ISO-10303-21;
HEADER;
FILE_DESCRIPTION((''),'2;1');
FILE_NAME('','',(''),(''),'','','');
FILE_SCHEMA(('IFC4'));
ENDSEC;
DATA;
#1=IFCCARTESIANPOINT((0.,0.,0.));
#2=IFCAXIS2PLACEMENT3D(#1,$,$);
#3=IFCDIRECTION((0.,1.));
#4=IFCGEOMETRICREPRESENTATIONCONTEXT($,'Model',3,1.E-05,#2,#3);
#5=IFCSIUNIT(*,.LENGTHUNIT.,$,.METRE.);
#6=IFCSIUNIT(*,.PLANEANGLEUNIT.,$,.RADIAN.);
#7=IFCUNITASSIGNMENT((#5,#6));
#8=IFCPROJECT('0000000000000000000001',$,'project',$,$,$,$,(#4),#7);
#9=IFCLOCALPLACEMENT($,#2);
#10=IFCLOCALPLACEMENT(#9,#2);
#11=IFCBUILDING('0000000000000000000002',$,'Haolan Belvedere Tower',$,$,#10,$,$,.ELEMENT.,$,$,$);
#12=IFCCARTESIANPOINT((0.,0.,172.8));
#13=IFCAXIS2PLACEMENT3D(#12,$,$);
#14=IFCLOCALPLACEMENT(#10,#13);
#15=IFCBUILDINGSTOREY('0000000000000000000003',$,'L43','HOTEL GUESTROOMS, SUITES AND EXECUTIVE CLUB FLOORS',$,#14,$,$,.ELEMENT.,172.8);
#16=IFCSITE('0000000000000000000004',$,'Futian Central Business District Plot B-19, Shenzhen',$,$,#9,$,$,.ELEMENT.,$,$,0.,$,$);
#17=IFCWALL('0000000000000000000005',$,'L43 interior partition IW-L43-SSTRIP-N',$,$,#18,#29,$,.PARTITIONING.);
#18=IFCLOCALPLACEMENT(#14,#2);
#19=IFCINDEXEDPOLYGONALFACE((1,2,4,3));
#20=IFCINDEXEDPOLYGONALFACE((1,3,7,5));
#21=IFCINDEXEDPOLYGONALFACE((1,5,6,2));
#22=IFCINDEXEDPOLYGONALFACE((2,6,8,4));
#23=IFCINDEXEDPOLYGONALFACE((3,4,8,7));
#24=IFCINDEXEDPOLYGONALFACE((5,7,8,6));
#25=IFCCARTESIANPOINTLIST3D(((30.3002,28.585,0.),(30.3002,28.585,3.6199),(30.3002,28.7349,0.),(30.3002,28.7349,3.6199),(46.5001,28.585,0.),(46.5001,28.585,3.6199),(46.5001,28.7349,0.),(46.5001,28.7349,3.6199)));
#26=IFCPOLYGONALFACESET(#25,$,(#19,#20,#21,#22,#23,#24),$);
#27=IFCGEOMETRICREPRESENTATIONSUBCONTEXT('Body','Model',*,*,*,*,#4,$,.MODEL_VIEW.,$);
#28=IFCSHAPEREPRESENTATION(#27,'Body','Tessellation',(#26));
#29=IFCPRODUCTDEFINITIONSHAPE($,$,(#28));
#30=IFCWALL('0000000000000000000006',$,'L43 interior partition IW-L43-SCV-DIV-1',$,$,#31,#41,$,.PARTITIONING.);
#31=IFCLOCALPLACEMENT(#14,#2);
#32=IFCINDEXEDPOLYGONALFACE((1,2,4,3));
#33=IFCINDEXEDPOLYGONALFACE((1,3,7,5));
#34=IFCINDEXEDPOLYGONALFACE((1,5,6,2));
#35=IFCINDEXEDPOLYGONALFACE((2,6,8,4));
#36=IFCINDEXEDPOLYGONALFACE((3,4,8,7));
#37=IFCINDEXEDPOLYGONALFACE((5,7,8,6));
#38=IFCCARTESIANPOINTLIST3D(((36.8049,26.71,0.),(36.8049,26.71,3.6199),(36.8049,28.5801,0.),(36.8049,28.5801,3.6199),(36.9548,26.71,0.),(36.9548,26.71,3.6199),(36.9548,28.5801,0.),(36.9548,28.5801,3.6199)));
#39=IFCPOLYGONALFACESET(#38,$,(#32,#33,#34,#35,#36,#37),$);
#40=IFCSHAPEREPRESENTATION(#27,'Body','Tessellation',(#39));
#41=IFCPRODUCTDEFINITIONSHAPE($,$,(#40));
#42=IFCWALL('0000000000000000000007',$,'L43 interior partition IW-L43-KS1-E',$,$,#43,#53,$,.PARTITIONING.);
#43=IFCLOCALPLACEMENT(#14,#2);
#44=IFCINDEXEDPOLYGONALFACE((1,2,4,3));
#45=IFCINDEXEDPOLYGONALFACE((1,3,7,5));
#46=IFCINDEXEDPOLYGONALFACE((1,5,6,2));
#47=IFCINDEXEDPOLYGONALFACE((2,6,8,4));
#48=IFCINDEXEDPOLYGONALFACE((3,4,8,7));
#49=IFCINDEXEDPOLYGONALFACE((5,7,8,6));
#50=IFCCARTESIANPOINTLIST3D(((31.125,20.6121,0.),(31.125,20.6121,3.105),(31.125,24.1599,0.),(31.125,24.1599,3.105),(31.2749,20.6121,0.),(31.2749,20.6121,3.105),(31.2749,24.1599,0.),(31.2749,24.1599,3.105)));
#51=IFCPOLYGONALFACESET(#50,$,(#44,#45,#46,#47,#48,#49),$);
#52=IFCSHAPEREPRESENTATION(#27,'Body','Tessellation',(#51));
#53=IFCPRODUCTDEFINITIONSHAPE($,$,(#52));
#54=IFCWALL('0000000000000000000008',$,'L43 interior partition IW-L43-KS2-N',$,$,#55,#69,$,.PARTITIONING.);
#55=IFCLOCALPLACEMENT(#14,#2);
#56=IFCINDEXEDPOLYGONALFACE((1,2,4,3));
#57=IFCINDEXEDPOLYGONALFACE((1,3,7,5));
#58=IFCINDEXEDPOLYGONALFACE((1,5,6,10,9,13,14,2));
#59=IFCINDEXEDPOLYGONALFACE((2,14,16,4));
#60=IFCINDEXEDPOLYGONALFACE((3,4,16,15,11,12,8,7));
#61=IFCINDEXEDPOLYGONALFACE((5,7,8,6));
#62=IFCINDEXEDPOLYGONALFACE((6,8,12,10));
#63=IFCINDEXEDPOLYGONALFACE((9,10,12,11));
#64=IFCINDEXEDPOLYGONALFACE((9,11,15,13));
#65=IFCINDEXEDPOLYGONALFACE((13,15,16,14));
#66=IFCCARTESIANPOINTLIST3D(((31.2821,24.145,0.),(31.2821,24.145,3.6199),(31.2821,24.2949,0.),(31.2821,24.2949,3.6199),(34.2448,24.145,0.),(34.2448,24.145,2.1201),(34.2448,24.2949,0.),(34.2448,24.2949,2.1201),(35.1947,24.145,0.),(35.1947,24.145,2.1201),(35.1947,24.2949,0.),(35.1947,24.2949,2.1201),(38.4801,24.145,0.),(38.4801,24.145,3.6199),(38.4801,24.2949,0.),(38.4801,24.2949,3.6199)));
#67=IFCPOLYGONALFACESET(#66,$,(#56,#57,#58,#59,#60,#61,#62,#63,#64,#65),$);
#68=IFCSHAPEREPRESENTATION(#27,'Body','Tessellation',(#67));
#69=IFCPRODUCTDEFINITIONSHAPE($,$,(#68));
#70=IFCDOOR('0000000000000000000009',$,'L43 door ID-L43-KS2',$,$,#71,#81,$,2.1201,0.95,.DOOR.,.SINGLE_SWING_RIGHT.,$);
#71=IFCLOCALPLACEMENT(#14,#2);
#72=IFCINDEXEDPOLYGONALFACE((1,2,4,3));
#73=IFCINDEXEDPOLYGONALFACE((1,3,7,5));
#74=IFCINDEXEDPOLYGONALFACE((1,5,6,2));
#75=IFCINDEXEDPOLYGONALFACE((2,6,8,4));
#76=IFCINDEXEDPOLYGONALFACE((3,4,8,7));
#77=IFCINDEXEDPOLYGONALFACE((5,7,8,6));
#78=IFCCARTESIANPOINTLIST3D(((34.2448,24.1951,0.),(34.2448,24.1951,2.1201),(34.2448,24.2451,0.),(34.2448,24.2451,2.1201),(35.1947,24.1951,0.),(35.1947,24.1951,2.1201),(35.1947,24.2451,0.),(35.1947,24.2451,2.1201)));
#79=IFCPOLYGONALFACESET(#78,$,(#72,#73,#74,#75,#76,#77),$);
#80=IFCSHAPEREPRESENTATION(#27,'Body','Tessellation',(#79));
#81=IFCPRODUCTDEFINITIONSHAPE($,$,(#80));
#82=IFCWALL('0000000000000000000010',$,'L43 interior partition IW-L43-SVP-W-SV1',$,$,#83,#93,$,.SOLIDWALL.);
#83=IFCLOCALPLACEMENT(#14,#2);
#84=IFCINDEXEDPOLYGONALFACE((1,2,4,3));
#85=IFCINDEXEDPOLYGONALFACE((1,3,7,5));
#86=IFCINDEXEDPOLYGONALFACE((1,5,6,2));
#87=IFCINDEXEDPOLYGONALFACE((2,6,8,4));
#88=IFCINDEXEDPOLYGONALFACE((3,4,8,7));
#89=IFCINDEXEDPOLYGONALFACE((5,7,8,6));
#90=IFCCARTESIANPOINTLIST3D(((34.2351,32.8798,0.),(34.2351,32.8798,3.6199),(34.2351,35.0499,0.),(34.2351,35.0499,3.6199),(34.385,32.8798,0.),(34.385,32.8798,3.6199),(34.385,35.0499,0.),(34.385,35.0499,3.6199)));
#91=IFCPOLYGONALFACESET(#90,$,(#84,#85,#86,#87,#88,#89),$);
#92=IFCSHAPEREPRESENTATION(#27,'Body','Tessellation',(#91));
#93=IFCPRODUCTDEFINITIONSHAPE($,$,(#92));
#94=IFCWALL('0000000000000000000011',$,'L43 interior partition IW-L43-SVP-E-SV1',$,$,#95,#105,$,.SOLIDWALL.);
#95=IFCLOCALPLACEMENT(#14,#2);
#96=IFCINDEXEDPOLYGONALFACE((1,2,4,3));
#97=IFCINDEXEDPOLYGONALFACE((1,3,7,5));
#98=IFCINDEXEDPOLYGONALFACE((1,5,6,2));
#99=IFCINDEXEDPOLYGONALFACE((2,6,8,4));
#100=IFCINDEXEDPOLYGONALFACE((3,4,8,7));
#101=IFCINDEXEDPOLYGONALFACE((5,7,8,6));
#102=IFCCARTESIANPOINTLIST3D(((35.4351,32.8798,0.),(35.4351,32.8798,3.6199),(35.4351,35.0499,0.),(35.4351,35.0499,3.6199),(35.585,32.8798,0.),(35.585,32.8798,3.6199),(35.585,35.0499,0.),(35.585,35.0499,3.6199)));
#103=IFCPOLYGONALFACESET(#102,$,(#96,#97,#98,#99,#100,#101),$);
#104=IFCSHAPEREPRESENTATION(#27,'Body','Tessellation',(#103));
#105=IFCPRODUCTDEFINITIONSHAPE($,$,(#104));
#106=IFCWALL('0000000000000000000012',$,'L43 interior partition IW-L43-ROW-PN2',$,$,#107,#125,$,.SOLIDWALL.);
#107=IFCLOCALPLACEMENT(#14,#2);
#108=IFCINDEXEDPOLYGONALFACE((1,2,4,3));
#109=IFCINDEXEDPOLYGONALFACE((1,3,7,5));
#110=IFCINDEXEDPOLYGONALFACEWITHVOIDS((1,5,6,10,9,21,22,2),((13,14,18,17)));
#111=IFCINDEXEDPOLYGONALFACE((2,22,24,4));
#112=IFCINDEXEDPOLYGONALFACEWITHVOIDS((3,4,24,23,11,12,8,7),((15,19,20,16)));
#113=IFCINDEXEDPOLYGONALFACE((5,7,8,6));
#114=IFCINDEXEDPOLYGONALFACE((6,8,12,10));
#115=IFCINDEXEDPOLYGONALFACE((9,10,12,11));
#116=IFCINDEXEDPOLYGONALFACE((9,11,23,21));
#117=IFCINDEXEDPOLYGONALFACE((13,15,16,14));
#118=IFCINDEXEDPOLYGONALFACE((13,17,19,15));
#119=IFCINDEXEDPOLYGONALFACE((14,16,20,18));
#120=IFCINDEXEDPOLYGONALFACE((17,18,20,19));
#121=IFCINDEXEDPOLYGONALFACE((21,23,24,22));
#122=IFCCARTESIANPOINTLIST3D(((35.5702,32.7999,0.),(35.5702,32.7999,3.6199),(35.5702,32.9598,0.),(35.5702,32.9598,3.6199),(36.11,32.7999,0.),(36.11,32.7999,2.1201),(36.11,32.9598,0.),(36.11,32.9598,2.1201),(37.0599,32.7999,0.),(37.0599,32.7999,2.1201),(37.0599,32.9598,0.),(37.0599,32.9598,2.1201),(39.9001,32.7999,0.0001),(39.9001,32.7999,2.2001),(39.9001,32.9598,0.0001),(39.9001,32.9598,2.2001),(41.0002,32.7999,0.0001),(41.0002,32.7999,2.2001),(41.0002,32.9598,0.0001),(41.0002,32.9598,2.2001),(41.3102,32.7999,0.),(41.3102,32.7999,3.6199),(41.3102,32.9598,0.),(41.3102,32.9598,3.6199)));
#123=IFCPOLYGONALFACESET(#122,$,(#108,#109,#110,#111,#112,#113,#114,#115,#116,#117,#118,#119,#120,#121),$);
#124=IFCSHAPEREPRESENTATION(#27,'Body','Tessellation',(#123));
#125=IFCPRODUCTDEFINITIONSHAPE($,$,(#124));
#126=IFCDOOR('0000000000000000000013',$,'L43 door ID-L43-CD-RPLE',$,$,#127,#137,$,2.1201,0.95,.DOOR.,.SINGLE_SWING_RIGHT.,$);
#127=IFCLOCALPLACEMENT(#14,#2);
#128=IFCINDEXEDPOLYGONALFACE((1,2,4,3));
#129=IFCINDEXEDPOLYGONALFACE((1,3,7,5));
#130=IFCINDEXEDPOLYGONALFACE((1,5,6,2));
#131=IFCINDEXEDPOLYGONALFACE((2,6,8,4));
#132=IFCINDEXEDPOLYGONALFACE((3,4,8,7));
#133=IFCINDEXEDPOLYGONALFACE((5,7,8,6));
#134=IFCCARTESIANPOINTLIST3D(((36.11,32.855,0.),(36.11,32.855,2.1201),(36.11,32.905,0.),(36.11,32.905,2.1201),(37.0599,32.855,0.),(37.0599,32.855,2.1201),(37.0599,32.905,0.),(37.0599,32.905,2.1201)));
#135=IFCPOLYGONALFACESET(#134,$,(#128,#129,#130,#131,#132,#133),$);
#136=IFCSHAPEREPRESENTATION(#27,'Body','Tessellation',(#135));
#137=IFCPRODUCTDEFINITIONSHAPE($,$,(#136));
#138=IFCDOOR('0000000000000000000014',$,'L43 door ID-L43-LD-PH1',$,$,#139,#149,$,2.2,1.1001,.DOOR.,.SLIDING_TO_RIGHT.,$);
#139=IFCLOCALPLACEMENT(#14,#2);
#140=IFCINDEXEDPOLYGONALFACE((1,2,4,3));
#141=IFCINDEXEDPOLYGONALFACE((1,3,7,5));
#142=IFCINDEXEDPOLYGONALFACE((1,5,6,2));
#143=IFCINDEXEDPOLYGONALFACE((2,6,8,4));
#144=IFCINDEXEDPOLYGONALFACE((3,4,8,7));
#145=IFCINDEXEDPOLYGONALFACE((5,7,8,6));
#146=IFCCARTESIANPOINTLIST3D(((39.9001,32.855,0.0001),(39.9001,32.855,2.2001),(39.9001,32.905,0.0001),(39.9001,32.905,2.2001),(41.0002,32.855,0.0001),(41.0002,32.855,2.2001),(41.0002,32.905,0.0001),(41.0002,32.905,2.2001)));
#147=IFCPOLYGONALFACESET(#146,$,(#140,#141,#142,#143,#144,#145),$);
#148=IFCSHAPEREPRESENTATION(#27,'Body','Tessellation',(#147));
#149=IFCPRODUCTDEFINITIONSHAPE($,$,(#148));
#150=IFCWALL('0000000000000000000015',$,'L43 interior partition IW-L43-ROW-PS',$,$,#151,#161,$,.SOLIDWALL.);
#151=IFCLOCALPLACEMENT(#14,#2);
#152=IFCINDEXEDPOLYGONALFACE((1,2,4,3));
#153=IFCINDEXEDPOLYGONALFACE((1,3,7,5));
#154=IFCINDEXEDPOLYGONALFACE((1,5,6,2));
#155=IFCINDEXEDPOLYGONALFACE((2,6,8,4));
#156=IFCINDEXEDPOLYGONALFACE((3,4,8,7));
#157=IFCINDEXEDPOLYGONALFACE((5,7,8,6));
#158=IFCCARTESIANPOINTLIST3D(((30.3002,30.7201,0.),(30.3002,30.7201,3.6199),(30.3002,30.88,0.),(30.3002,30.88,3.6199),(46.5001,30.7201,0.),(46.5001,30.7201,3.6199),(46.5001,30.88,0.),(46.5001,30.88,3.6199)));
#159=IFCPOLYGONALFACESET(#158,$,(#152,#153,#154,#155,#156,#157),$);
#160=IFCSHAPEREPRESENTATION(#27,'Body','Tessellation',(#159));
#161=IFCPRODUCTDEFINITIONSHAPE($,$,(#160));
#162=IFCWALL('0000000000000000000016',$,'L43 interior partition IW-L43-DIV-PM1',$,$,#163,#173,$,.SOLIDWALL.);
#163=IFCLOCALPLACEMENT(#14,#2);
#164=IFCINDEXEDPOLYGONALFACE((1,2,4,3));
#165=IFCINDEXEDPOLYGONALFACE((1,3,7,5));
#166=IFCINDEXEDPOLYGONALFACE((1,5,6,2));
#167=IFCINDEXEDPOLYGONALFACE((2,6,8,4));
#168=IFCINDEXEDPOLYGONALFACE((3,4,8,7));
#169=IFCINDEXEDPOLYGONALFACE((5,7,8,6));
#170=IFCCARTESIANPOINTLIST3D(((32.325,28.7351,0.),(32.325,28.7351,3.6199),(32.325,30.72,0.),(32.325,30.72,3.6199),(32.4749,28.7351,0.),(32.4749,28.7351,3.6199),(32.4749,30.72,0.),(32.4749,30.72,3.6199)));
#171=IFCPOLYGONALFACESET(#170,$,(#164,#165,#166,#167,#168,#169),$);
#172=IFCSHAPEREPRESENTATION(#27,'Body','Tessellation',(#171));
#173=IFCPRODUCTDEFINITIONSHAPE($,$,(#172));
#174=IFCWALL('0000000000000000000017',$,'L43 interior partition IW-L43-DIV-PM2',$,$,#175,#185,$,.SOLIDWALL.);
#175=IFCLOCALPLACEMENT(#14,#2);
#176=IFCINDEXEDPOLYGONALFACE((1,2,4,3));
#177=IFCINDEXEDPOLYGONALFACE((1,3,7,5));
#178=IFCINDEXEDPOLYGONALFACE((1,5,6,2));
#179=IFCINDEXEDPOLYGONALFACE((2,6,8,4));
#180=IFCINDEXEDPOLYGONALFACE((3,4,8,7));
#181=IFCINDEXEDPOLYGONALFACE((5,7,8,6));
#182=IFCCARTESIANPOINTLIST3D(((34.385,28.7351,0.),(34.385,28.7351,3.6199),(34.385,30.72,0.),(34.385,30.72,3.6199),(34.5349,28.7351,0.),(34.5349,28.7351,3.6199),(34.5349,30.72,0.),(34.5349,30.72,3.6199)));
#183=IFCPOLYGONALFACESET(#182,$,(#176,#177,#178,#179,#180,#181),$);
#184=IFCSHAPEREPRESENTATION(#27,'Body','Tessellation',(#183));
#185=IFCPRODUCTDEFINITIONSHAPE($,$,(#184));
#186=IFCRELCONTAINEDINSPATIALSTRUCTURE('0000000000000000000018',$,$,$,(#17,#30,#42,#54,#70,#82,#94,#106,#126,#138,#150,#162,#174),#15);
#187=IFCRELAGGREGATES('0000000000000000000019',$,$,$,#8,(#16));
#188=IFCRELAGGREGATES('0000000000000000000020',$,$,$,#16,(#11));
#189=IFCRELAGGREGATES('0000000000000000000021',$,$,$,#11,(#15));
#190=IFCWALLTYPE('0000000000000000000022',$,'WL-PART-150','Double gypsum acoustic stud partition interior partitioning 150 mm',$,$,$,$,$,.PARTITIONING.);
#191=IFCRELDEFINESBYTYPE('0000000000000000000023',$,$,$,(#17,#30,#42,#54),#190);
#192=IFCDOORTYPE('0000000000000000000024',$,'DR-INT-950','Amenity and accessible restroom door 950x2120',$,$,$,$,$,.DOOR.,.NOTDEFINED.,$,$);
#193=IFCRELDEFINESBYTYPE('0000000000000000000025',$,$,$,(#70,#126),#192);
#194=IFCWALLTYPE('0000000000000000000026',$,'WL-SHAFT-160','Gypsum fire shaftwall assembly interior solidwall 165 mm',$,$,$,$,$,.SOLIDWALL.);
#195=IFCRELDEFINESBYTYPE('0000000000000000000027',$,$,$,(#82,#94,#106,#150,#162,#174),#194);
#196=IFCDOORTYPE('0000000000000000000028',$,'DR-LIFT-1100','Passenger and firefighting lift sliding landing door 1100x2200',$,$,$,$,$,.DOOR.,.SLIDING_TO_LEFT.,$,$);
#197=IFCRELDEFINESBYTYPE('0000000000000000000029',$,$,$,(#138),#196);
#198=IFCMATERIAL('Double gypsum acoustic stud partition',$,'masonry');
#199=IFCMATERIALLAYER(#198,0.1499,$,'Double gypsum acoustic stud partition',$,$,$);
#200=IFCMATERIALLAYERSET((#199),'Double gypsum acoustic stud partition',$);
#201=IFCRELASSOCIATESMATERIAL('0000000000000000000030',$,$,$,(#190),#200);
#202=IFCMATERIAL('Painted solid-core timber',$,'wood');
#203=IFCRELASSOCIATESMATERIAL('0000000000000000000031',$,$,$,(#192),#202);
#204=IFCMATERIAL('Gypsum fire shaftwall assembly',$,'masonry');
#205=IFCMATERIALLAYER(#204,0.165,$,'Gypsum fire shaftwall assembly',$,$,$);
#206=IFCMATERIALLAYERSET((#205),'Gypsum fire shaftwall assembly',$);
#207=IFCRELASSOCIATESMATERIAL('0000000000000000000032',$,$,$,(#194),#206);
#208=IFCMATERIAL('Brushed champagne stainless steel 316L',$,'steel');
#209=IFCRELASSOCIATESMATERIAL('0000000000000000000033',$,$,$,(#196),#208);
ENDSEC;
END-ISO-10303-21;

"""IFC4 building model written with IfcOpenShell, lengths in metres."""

from ifc_helpers import new_model, si_unit, direction, frame, frame_2d, origin, place, context, subcontext, project, spatial, rectangle, extrude, material, layer, layer_set, type_object, element, fill, save


model = new_model("IFC4")

# Units and contexts
model_context = context("Model", 3, precision=1e-05, world=origin(), true_north=direction((0.0, 1.0)))
body_context = subcontext(model_context, "Body", "Model", "MODEL_VIEW")
ifc_project = project(units=[si_unit("LENGTHUNIT", "METRE"), si_unit("PLANEANGLEUNIT", "RADIAN")], contexts=[model_context])

# Site, building, storey
site_placement = place(None, origin())
site = spatial("IfcSite", under=ifc_project, at=site_placement, Name="Futian Central Business District Plot B-19, Shenzhen", CompositionType="ELEMENT", RefElevation=0.0)
building_placement = place(site_placement, origin())
building = spatial("IfcBuilding", under=site, at=building_placement, Name="Haolan Belvedere Tower", CompositionType="ELEMENT")
storey_placement = place(building_placement, frame((0.0, 0.0, 172.8)))
storey = spatial("IfcBuildingStorey", under=building, at=storey_placement, Name="L43", Description="HOTEL GUESTROOMS, SUITES AND EXECUTIVE CLUB FLOORS", CompositionType="ELEMENT", Elevation=172.8)

# Walls
ifc_material_1 = material(Name="Double gypsum acoustic stud partition", Category="masonry")
ifc_layer_1 = layer(ifc_material_1, 0.1499, Name="Double gypsum acoustic stud partition")
ifc_layer_set_1 = layer_set([ifc_layer_1], Name="Double gypsum acoustic stud partition")
wall_type_1 = type_object("IfcWallType", Name="WL-PART-150", Description="Double gypsum acoustic stud partition interior partitioning 150 mm", PredefinedType="PARTITIONING", material=ifc_layer_set_1)
wall_1_placement = place(storey_placement, frame((30.3, 28.6599, 0.0), z_axis=(0.0, 0.0, 1.0), x_axis=(1.0, 0.0, 0.0)))
element("IfcWall", 1, at=wall_1_placement, inside=storey, type_object=wall_type_1, Name="L43 interior partition IW-L43-SSTRIP-N", PredefinedType="PARTITIONING", context=body_context, shape_type="SweptSolid", body=[
    extrude(rectangle(XDim=16.2, YDim=0.1499, at=frame_2d((8.1001, 0.0))), origin(), (0.0, 0.0, 1.0), 3.6199),
])
wall_2_placement = place(storey_placement, frame((36.8799, 26.71, 0.0), z_axis=(0.0, 0.0, 1.0), x_axis=(0.0, 1.0, 0.0)))
element("IfcWall", 2, at=wall_2_placement, inside=storey, type_object=wall_type_1, Name="L43 interior partition IW-L43-SCV-DIV-1", PredefinedType="PARTITIONING", context=body_context, shape_type="SweptSolid", body=[
    extrude(rectangle(XDim=1.8701, YDim=0.1499, at=frame_2d((0.9351, 0.0))), origin(), (0.0, 0.0, 1.0), 3.6199),
])
wall_3_placement = place(storey_placement, frame((31.2, 20.6121, 0.0), z_axis=(0.0, 0.0, 1.0), x_axis=(0.0, 1.0, 0.0)))
element("IfcWall", 3, at=wall_3_placement, inside=storey, type_object=wall_type_1, Name="L43 interior partition IW-L43-KS1-E", PredefinedType="PARTITIONING", context=body_context, shape_type="SweptSolid", body=[
    extrude(rectangle(XDim=3.5479, YDim=0.1499, at=frame_2d((1.7739, 0.0))), origin(), (0.0, 0.0, 1.0), 3.105),
])

# Wall, opening, door
wall_4_placement = place(storey_placement, frame((31.282, 24.22, 0.0), z_axis=(0.0, 0.0, 1.0), x_axis=(1.0, 0.0, 0.0)))
wall_4 = element("IfcWall", 4, at=wall_4_placement, inside=storey, type_object=wall_type_1, Name="L43 interior partition IW-L43-KS2-N", PredefinedType="PARTITIONING", context=body_context, shape_type="SweptSolid", body=[
    extrude(rectangle(XDim=7.198, YDim=0.1499, at=frame_2d((3.5991, 0.0))), origin(), (0.0, 0.0, 1.0), 3.6199),
])
opening_1_placement = place(wall_4_placement, frame((3.9128, 0.0, 0.0), z_axis=(0.0, 0.0, 1.0), x_axis=(-1.0, 0.0, 0.0)))
opening_1 = element("IfcOpeningElement", 5, at=opening_1_placement, cuts=wall_4, PredefinedType="OPENING", context=body_context, shape_type="SweptSolid", body=[
    extrude(rectangle(XDim=0.95, YDim=2.1201, at=frame_2d((0.4751, 1.0601))), frame((0.0, 0.085, 0.0), z_axis=(0.0, -1.0, 0.0), x_axis=(1.0, 0.0, 0.0)), (0.0, 0.0, 1.0), 0.1699),
])
ifc_material_2 = material(Name="Painted solid-core timber", Category="wood")
door_type_1 = type_object("IfcDoorType", Name="DR-INT-950", Description="Amenity and accessible restroom door 950x2120", OperationType="NOTDEFINED", PredefinedType="DOOR", material=ifc_material_2)
door_1_placement = place(opening_1_placement, origin())
door_1 = element("IfcDoor", 6, at=door_1_placement, inside=storey, type_object=door_type_1, Name="L43 door ID-L43-KS2", OperationType="SINGLE_SWING_RIGHT", OverallHeight=2.1201, OverallWidth=0.95, PredefinedType="DOOR", context=body_context, shape_type="SweptSolid", body=[
    extrude(rectangle(XDim=0.95, YDim=2.1201, at=frame_2d((0.4751, 1.0601))), frame((0.0, 0.0249, 0.0), z_axis=(0.0, -1.0, 0.0), x_axis=(1.0, 0.0, 0.0)), (0.0, 0.0, 1.0), 0.05),
])
fill(opening_1, door_1)

# Walls
ifc_material_3 = material(Name="Gypsum fire shaftwall assembly", Category="masonry")
ifc_layer_2 = layer(ifc_material_3, 0.165, Name="Gypsum fire shaftwall assembly")
ifc_layer_set_2 = layer_set([ifc_layer_2], Name="Gypsum fire shaftwall assembly")
wall_type_2 = type_object("IfcWallType", Name="WL-SHAFT-160", Description="Gypsum fire shaftwall assembly interior solidwall 165 mm", PredefinedType="SOLIDWALL", material=ifc_layer_set_2)
for number, where, z_axis, x_axis, name in (
    (7, (34.3101, 32.8799, 0.0), (0.0, 0.0, 1.0), (0.0, 1.0, 0.0), "L43 interior partition IW-L43-SVP-W-SV1"),
    (8, (35.51, 32.8799, 0.0), (0.0, 0.0, 1.0), (0.0, 1.0, 0.0), "L43 interior partition IW-L43-SVP-E-SV1"),
):
    element("IfcWall", number, at=place(storey_placement, frame(where, z_axis=z_axis, x_axis=x_axis)), inside=storey, type_object=wall_type_2, Name=name, PredefinedType="SOLIDWALL", context=body_context, shape_type="SweptSolid", body=[
        extrude(rectangle(XDim=2.1702, YDim=0.1499, at=frame_2d((1.085, 0.0))), origin(), (0.0, 0.0, 1.0), 3.6199),
    ])

# Wall, openings, doors
wall_5_placement = place(storey_placement, frame((35.5701, 32.8799, 0.0), z_axis=(0.0, 0.0, 1.0), x_axis=(1.0, 0.0, 0.0)))
wall_5 = element("IfcWall", 9, at=wall_5_placement, inside=storey, type_object=wall_type_2, Name="L43 interior partition IW-L43-ROW-PN2", PredefinedType="SOLIDWALL", context=body_context, shape_type="SweptSolid", body=[
    extrude(rectangle(XDim=5.74, YDim=0.1599, at=frame_2d((2.8701, 0.0))), origin(), (0.0, 0.0, 1.0), 3.6199),
])
opening_2_placement = place(wall_5_placement, frame((1.49, 0.0, 0.0), z_axis=(0.0, 0.0, 1.0), x_axis=(-1.0, 0.0, 0.0)))
opening_2 = element("IfcOpeningElement", 10, at=opening_2_placement, cuts=wall_5, PredefinedType="OPENING", context=body_context, shape_type="SweptSolid", body=[
    extrude(rectangle(XDim=0.95, YDim=2.1201, at=frame_2d((0.4751, 1.0601))), frame((0.0, 0.0898, 0.0), z_axis=(0.0, -1.0, 0.0), x_axis=(1.0, 0.0, 0.0)), (0.0, 0.0, 1.0), 0.1799),
])
opening_3_placement = place(wall_5_placement, frame((5.4302, 0.0, 0.0), z_axis=(0.0, 0.0, 1.0), x_axis=(-1.0, 0.0, 0.0)))
opening_3 = element("IfcOpeningElement", 11, at=opening_3_placement, cuts=wall_5, PredefinedType="OPENING", context=body_context, shape_type="SweptSolid", body=[
    extrude(rectangle(XDim=1.1001, YDim=2.2, at=frame_2d((0.55, 1.1001))), frame((0.0, 0.0898, 0.0), z_axis=(0.0, -1.0, 0.0), x_axis=(1.0, 0.0, 0.0)), (0.0, 0.0, 1.0), 0.1799),
])
door_2_placement = place(opening_2_placement, origin())
door_2 = element("IfcDoor", 12, at=door_2_placement, inside=storey, type_object=door_type_1, Name="L43 door ID-L43-CD-RPLE", OperationType="SINGLE_SWING_RIGHT", OverallHeight=2.1201, OverallWidth=0.95, PredefinedType="DOOR", context=body_context, shape_type="SweptSolid", body=[
    extrude(rectangle(XDim=0.95, YDim=2.1201, at=frame_2d((0.4751, 1.0601))), frame((0.0, 0.0249, 0.0), z_axis=(0.0, -1.0, 0.0), x_axis=(1.0, 0.0, 0.0)), (0.0, 0.0, 1.0), 0.05),
])
fill(opening_2, door_2)
ifc_material_4 = material(Name="Brushed champagne stainless steel 316L", Category="steel")
door_type_2 = type_object("IfcDoorType", Name="DR-LIFT-1100", Description="Passenger and firefighting lift sliding landing door 1100x2200", OperationType="SLIDING_TO_LEFT", PredefinedType="DOOR", material=ifc_material_4)
door_3_placement = place(opening_3_placement, origin())
door_3 = element("IfcDoor", 13, at=door_3_placement, inside=storey, type_object=door_type_2, Name="L43 door ID-L43-LD-PH1", OperationType="SLIDING_TO_RIGHT", OverallHeight=2.2, OverallWidth=1.1001, PredefinedType="DOOR", context=body_context, shape_type="SweptSolid", body=[
    extrude(rectangle(XDim=1.1001, YDim=2.2, at=frame_2d((0.55, 1.1001))), frame((0.0, 0.0249, 0.0), z_axis=(0.0, -1.0, 0.0), x_axis=(1.0, 0.0, 0.0)), (0.0, 0.0, 1.0), 0.05),
])
fill(opening_3, door_3)

# Walls
wall_6_placement = place(storey_placement, frame((30.3, 30.8, 0.0), z_axis=(0.0, 0.0, 1.0), x_axis=(1.0, 0.0, 0.0)))
element("IfcWall", 14, at=wall_6_placement, inside=storey, type_object=wall_type_2, Name="L43 interior partition IW-L43-ROW-PS", PredefinedType="SOLIDWALL", context=body_context, shape_type="SweptSolid", body=[
    extrude(rectangle(XDim=16.2, YDim=0.1599, at=frame_2d((8.1001, 0.0))), origin(), (0.0, 0.0, 1.0), 3.6199),
])
for number, where, z_axis, x_axis, name in (
    (15, (32.3999, 28.7351, 0.0), (0.0, 0.0, 1.0), (0.0, 1.0, 0.0), "L43 interior partition IW-L43-DIV-PM1"),
    (16, (34.46, 28.7351, 0.0), (0.0, 0.0, 1.0), (0.0, 1.0, 0.0), "L43 interior partition IW-L43-DIV-PM2"),
):
    element("IfcWall", number, at=place(storey_placement, frame(where, z_axis=z_axis, x_axis=x_axis)), inside=storey, type_object=wall_type_2, Name=name, PredefinedType="SOLIDWALL", context=body_context, shape_type="SweptSolid", body=[
        extrude(rectangle(XDim=1.9849, YDim=0.1499, at=frame_2d((0.9924, 0.0))), origin(), (0.0, 0.0, 1.0), 3.6199),
    ])

save(model, "model.ifc")
